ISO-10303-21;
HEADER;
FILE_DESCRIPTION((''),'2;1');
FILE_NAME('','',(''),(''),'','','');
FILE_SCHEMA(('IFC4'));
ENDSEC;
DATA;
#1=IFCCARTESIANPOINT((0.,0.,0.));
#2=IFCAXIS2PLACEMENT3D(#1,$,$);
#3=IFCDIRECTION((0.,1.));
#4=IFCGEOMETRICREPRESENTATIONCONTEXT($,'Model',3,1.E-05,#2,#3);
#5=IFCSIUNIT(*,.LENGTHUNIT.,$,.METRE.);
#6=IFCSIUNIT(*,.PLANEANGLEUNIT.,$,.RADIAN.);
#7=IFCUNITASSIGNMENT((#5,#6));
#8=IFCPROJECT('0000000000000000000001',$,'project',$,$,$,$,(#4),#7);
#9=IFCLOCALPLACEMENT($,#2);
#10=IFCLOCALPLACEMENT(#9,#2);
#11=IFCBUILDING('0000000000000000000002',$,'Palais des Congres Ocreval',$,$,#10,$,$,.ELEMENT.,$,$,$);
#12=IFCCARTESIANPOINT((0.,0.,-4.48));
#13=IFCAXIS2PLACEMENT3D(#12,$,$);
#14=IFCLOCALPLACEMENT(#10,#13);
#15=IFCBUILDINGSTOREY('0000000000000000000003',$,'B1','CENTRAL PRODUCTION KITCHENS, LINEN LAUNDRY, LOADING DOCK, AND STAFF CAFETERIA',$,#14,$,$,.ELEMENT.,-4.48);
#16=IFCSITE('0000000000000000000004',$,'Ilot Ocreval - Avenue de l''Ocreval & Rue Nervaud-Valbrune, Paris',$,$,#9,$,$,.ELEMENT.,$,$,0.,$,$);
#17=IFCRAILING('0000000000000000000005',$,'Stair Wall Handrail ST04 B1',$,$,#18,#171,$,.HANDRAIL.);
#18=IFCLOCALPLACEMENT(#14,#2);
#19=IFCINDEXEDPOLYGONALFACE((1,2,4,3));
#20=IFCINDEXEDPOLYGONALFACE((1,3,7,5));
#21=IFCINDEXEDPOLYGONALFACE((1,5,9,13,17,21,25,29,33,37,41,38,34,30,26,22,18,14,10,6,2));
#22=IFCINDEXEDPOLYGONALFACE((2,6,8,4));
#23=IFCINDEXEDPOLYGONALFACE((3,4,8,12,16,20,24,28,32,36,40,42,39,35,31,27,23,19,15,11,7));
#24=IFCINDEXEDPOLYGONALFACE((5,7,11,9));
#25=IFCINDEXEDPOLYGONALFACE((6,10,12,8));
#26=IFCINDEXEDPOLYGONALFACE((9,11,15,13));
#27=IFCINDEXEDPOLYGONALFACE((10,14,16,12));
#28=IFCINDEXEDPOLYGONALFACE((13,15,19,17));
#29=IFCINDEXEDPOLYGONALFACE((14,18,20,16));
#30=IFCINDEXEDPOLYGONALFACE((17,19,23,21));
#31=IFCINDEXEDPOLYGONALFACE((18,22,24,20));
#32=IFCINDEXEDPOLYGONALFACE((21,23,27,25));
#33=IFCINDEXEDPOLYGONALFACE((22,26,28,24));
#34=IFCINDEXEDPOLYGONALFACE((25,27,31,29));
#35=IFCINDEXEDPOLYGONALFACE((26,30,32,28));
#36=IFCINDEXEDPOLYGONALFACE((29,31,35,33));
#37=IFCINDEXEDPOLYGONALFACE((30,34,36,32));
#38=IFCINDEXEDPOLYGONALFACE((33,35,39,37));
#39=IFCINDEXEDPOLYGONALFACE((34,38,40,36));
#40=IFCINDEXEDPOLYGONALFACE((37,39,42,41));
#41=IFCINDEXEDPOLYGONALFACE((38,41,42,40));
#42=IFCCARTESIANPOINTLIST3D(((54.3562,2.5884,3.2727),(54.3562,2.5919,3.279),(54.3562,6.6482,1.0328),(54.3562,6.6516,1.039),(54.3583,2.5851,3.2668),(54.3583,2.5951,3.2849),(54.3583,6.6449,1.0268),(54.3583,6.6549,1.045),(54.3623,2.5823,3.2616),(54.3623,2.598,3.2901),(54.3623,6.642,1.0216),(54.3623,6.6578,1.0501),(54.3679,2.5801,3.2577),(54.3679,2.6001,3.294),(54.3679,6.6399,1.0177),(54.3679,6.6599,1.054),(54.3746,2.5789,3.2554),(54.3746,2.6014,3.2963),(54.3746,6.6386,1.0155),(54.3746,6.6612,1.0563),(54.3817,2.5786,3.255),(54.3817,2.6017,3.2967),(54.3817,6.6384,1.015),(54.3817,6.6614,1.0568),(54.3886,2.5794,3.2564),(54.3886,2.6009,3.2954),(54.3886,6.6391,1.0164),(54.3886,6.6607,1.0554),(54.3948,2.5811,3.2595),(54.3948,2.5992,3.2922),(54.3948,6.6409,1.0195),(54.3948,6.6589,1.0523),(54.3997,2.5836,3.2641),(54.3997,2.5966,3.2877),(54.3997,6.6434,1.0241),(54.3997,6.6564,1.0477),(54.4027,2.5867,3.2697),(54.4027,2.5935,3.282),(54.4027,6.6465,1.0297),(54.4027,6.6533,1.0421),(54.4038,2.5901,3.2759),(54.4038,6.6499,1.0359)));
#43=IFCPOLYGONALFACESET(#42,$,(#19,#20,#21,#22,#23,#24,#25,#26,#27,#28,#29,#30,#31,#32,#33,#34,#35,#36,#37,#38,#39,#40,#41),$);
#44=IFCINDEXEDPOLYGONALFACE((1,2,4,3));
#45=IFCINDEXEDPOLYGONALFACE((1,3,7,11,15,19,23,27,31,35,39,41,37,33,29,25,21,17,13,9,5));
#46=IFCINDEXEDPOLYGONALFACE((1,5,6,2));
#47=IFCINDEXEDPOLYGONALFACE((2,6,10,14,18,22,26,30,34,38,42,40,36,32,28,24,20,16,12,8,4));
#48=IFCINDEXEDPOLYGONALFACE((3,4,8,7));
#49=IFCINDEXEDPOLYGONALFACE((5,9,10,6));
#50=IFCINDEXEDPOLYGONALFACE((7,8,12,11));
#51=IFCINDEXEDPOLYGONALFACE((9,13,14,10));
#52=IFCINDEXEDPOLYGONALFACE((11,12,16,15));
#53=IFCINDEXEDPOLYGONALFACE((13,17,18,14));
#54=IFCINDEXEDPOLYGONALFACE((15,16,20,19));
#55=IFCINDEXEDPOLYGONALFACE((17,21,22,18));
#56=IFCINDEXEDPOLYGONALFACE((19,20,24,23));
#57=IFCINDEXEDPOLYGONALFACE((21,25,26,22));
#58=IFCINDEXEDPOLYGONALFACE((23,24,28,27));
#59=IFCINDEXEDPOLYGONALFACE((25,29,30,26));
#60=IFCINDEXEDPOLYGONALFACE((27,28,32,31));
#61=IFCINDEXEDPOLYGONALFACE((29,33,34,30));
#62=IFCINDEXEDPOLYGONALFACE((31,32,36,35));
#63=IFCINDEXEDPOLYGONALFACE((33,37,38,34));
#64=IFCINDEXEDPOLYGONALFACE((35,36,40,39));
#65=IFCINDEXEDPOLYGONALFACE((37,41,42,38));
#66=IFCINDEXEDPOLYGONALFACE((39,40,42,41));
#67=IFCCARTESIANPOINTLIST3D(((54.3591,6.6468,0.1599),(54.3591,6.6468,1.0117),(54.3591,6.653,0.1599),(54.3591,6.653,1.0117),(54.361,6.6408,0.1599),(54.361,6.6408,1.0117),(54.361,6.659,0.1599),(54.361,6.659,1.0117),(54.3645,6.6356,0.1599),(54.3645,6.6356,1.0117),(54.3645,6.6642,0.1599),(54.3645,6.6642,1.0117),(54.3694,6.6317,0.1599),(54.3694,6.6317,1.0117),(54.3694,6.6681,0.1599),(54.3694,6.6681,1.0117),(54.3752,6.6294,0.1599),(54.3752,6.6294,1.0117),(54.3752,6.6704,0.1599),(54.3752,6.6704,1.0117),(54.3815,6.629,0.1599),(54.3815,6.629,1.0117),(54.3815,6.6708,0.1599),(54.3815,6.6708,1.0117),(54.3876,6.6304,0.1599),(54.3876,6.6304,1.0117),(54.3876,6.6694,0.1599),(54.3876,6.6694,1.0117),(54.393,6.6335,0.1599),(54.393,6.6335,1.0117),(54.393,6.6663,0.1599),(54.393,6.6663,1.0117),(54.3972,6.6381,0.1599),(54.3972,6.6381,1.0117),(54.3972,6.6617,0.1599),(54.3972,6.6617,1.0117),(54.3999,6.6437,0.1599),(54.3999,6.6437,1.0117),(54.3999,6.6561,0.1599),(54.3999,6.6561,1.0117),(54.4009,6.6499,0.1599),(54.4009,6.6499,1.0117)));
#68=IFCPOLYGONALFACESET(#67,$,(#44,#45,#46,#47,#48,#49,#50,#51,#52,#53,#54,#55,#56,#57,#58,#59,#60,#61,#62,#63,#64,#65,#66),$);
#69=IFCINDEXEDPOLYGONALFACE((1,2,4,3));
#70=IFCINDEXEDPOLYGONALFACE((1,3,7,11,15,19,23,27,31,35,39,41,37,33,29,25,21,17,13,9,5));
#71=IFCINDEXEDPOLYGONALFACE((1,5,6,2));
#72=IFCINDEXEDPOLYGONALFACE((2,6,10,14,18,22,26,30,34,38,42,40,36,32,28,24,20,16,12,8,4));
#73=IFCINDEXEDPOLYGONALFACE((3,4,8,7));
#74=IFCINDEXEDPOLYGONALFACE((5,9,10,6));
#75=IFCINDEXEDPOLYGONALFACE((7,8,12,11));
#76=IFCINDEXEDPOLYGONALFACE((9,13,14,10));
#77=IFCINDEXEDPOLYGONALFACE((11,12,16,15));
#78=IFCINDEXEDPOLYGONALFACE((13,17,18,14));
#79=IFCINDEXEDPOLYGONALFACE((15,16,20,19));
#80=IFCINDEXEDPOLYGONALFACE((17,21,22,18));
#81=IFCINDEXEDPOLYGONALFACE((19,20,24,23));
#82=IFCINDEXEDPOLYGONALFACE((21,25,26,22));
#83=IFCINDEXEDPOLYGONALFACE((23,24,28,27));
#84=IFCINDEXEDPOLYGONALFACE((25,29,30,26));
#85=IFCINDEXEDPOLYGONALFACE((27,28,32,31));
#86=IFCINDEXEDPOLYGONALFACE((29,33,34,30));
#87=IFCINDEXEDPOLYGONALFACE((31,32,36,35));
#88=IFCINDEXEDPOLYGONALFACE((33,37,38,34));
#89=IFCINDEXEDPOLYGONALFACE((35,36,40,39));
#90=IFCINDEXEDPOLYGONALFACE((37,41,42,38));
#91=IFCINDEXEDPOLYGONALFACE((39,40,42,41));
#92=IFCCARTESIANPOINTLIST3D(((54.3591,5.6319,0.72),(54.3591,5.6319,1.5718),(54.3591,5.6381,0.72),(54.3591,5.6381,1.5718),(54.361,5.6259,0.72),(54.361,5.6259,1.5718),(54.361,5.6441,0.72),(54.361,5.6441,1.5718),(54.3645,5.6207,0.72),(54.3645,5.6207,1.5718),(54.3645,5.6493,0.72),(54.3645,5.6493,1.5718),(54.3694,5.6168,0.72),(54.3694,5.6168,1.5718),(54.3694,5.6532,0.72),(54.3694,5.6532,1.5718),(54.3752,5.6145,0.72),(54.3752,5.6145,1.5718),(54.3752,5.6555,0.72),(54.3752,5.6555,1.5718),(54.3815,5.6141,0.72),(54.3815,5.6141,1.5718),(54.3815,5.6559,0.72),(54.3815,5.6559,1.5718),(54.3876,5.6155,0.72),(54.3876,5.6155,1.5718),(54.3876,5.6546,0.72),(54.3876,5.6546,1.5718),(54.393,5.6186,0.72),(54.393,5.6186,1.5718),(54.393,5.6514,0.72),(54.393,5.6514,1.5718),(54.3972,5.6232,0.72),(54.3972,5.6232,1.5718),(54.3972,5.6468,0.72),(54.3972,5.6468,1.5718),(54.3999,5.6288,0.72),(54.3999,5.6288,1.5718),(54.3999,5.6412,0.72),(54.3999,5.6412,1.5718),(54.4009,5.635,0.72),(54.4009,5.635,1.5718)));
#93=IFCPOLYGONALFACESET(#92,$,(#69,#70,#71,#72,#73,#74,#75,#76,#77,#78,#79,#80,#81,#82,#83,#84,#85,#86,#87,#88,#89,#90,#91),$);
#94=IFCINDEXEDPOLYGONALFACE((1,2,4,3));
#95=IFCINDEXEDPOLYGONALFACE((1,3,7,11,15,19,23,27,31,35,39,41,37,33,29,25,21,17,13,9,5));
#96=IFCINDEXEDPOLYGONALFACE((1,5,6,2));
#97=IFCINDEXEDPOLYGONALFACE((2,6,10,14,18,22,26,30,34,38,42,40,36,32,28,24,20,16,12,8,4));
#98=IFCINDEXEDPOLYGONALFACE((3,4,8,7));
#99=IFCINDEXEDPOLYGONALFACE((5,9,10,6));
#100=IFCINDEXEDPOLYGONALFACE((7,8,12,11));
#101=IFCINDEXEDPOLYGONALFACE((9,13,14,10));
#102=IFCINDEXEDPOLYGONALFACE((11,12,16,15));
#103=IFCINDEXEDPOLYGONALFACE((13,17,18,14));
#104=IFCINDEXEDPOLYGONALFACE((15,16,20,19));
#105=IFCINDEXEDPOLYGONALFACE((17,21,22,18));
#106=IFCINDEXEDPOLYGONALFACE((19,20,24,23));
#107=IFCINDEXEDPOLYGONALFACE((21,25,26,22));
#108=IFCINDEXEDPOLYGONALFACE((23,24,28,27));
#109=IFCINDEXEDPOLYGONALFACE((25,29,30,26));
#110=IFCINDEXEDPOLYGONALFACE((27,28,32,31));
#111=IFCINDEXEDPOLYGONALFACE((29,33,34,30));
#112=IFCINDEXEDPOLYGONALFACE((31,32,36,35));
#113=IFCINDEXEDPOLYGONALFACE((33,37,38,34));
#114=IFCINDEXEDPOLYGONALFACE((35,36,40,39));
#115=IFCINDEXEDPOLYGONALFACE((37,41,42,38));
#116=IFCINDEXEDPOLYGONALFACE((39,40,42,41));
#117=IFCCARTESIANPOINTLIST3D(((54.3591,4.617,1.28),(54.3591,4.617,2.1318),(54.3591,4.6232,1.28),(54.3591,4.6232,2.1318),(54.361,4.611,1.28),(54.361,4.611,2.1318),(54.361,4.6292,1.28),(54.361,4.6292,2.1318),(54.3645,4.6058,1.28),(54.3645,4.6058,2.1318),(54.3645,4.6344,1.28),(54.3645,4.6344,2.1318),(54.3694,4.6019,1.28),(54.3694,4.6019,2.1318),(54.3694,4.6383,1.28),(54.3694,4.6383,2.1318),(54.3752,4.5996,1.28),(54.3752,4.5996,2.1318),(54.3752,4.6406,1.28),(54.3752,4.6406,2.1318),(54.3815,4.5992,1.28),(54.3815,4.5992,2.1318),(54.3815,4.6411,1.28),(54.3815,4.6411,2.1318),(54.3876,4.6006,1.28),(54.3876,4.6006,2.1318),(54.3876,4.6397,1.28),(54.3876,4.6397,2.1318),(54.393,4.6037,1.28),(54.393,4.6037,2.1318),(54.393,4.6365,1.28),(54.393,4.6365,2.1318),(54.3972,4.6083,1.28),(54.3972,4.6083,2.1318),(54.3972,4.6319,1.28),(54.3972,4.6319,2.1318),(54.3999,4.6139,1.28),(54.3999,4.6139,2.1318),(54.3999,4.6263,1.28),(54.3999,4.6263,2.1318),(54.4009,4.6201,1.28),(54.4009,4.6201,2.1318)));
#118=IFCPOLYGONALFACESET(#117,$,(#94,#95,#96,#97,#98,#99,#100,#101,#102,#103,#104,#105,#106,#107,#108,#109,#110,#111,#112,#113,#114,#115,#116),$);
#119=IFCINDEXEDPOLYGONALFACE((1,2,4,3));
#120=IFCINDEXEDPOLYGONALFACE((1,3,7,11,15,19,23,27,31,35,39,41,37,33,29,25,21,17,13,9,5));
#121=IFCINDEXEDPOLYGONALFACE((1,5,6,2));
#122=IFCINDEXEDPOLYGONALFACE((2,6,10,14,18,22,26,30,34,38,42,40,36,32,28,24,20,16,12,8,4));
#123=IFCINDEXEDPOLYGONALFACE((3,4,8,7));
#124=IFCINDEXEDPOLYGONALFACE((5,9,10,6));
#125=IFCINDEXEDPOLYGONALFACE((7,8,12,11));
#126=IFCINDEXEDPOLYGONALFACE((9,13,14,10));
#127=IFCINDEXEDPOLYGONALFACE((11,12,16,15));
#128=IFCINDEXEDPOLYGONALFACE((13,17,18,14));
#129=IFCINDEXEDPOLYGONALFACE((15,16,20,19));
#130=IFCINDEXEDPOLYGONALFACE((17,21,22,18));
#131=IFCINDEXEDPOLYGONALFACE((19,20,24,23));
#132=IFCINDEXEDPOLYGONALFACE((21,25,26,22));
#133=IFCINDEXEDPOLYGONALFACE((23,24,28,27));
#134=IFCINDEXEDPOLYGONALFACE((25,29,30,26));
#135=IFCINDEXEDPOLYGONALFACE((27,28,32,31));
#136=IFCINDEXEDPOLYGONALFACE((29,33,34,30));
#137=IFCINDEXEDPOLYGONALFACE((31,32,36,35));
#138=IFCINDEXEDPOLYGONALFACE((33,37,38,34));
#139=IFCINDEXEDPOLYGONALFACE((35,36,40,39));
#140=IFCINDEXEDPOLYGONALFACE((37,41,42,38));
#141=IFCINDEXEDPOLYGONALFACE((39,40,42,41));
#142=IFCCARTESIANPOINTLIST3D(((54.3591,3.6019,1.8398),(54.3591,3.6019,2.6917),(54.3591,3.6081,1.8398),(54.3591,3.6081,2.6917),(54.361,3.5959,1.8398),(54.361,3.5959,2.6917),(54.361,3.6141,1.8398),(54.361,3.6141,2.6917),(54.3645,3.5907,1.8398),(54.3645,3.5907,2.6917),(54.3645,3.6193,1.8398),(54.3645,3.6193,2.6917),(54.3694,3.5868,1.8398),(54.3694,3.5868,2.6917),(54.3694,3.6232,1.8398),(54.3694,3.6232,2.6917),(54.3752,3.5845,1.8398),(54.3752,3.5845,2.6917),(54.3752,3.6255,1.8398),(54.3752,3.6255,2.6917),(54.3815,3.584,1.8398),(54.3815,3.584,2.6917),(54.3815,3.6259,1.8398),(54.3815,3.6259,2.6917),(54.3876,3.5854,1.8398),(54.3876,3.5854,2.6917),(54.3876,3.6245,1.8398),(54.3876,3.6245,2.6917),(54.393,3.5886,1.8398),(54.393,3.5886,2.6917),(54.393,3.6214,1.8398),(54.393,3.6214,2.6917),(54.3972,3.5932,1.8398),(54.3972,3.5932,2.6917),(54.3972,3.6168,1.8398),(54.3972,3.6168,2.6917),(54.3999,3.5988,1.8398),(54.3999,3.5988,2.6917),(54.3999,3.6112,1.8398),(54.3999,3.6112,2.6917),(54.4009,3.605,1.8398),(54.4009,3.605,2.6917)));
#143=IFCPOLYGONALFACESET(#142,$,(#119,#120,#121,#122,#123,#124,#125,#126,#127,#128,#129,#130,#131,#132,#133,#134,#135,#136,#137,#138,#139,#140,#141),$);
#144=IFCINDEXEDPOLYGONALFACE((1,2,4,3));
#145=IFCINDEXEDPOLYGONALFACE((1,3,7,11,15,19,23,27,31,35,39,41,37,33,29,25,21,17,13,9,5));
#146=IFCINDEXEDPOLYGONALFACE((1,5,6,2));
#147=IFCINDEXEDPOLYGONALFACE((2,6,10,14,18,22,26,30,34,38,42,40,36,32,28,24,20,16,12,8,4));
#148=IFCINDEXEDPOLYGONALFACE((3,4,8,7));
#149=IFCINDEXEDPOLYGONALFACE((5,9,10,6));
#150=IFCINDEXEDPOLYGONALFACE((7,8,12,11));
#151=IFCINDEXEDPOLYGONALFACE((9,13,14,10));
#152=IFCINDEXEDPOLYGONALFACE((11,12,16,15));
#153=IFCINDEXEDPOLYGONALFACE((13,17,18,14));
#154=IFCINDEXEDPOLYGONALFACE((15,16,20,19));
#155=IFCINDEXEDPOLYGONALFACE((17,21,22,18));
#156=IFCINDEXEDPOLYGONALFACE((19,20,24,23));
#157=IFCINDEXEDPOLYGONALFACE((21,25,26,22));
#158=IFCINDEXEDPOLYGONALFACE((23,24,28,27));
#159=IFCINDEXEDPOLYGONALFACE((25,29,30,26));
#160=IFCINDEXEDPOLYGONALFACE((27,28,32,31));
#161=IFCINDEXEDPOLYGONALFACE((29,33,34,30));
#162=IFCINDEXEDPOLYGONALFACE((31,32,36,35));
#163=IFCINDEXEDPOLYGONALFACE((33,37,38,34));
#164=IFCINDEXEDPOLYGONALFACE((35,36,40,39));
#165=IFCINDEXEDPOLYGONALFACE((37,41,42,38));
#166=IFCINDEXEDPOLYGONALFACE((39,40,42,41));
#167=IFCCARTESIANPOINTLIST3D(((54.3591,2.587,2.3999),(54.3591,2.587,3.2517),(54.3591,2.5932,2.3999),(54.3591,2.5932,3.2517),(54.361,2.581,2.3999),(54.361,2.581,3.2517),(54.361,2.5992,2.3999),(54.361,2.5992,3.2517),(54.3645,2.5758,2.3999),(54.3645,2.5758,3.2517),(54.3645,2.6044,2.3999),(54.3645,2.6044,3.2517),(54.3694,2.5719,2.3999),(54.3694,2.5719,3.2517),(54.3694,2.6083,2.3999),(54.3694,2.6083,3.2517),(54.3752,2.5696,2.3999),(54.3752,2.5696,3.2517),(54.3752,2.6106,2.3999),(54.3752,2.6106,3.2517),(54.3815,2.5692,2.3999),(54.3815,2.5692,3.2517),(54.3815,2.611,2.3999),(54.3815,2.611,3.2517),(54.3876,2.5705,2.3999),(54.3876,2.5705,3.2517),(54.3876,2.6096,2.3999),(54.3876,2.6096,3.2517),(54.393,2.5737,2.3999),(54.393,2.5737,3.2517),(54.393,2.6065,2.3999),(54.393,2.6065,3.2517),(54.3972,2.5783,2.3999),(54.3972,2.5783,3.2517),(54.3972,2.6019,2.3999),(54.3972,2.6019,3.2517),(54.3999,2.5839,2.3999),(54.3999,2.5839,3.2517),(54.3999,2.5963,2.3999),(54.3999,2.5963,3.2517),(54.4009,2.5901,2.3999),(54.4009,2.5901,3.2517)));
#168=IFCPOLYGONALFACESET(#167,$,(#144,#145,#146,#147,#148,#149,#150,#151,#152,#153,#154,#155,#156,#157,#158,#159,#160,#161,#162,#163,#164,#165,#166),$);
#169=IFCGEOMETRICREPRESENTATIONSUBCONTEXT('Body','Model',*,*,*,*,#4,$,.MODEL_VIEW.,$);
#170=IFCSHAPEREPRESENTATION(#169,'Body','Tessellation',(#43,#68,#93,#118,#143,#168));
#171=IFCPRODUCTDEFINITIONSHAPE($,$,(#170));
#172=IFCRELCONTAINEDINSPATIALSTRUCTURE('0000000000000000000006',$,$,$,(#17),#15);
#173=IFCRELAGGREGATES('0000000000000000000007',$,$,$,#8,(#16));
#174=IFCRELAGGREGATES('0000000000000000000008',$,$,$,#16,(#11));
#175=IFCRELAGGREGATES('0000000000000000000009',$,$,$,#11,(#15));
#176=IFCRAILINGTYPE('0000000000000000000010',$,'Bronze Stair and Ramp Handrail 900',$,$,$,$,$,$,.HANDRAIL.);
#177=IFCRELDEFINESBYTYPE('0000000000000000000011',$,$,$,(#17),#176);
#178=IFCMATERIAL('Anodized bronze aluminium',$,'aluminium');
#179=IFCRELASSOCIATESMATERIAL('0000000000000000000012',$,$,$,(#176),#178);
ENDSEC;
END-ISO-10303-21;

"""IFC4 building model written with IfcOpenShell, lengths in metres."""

from ifc_helpers import new_model, si_unit, direction, frame, origin, origin_2d, place, context, subcontext, project, spatial, circle, extrude, material, type_object, element, save


model = new_model("IFC4")

# Units and contexts
model_context = context("Model", 3, precision=1e-05, world=origin(), true_north=direction((0.0, 1.0)))
body_context = subcontext(model_context, "Body", "Model", "MODEL_VIEW")
ifc_project = project(units=[si_unit("LENGTHUNIT", "METRE"), si_unit("PLANEANGLEUNIT", "RADIAN")], contexts=[model_context])

# Site, building, storey
site_placement = place(None, origin())
site = spatial("IfcSite", under=ifc_project, at=site_placement, Name="Ilot Ocreval - Avenue de l'Ocreval & Rue Nervaud-Valbrune, Paris", CompositionType="ELEMENT", RefElevation=0.0)
building_placement = place(site_placement, origin())
building = spatial("IfcBuilding", under=site, at=building_placement, Name="Palais des Congres Ocreval", CompositionType="ELEMENT")
storey_placement = place(building_placement, frame((0.0, 0.0, -4.48)))
storey = spatial("IfcBuildingStorey", under=building, at=storey_placement, Name="B1", Description="CENTRAL PRODUCTION KITCHENS, LINEN LAUNDRY, LOADING DOCK, AND STAFF CAFETERIA", CompositionType="ELEMENT", Elevation=-4.48)

# Railing
ifc_material_1 = material(Name="Anodized bronze aluminium", Category="aluminium")
railing_type_1 = type_object("IfcRailingType", Name="Bronze Stair and Ramp Handrail 900", PredefinedType="HANDRAIL", material=ifc_material_1)
railing_1_placement = place(storey_placement, frame((54.3799, 6.6499, 0.1599)))
element("IfcRailing", 1, at=railing_1_placement, inside=storey, type_object=railing_type_1, Name="Stair Wall Handrail ST04 B1", PredefinedType="HANDRAIL", context=body_context, shape_type="SweptSolid", body=[
    extrude(circle(Radius=0.0239, at=origin_2d()), frame((0.0, 0.0, 0.876), z_axis=(0.0, -0.875569, 0.483093), x_axis=(1.0, 0.0, 0.0)), (0.0, 0.0, 1.0), 4.6367),
    extrude(circle(Radius=0.021, at=origin_2d()), origin(), (0.0, 0.0, 1.0), 0.8518),
    extrude(circle(Radius=0.021, at=origin_2d()), frame((0.0, -1.0149, 0.5601)), (0.0, 0.0, 1.0), 0.8518),
    extrude(circle(Radius=0.021, at=origin_2d()), frame((0.0, -2.0298, 1.1201)), (0.0, 0.0, 1.0), 0.8518),
    extrude(circle(Radius=0.021, at=origin_2d()), frame((0.0, -3.0449, 1.6799)), (0.0, 0.0, 1.0), 0.8518),
    extrude(circle(Radius=0.021, at=origin_2d()), frame((0.0, -4.0598, 2.24)), (0.0, 0.0, 1.0), 0.8518),
])

save(model, "model.ifc")
